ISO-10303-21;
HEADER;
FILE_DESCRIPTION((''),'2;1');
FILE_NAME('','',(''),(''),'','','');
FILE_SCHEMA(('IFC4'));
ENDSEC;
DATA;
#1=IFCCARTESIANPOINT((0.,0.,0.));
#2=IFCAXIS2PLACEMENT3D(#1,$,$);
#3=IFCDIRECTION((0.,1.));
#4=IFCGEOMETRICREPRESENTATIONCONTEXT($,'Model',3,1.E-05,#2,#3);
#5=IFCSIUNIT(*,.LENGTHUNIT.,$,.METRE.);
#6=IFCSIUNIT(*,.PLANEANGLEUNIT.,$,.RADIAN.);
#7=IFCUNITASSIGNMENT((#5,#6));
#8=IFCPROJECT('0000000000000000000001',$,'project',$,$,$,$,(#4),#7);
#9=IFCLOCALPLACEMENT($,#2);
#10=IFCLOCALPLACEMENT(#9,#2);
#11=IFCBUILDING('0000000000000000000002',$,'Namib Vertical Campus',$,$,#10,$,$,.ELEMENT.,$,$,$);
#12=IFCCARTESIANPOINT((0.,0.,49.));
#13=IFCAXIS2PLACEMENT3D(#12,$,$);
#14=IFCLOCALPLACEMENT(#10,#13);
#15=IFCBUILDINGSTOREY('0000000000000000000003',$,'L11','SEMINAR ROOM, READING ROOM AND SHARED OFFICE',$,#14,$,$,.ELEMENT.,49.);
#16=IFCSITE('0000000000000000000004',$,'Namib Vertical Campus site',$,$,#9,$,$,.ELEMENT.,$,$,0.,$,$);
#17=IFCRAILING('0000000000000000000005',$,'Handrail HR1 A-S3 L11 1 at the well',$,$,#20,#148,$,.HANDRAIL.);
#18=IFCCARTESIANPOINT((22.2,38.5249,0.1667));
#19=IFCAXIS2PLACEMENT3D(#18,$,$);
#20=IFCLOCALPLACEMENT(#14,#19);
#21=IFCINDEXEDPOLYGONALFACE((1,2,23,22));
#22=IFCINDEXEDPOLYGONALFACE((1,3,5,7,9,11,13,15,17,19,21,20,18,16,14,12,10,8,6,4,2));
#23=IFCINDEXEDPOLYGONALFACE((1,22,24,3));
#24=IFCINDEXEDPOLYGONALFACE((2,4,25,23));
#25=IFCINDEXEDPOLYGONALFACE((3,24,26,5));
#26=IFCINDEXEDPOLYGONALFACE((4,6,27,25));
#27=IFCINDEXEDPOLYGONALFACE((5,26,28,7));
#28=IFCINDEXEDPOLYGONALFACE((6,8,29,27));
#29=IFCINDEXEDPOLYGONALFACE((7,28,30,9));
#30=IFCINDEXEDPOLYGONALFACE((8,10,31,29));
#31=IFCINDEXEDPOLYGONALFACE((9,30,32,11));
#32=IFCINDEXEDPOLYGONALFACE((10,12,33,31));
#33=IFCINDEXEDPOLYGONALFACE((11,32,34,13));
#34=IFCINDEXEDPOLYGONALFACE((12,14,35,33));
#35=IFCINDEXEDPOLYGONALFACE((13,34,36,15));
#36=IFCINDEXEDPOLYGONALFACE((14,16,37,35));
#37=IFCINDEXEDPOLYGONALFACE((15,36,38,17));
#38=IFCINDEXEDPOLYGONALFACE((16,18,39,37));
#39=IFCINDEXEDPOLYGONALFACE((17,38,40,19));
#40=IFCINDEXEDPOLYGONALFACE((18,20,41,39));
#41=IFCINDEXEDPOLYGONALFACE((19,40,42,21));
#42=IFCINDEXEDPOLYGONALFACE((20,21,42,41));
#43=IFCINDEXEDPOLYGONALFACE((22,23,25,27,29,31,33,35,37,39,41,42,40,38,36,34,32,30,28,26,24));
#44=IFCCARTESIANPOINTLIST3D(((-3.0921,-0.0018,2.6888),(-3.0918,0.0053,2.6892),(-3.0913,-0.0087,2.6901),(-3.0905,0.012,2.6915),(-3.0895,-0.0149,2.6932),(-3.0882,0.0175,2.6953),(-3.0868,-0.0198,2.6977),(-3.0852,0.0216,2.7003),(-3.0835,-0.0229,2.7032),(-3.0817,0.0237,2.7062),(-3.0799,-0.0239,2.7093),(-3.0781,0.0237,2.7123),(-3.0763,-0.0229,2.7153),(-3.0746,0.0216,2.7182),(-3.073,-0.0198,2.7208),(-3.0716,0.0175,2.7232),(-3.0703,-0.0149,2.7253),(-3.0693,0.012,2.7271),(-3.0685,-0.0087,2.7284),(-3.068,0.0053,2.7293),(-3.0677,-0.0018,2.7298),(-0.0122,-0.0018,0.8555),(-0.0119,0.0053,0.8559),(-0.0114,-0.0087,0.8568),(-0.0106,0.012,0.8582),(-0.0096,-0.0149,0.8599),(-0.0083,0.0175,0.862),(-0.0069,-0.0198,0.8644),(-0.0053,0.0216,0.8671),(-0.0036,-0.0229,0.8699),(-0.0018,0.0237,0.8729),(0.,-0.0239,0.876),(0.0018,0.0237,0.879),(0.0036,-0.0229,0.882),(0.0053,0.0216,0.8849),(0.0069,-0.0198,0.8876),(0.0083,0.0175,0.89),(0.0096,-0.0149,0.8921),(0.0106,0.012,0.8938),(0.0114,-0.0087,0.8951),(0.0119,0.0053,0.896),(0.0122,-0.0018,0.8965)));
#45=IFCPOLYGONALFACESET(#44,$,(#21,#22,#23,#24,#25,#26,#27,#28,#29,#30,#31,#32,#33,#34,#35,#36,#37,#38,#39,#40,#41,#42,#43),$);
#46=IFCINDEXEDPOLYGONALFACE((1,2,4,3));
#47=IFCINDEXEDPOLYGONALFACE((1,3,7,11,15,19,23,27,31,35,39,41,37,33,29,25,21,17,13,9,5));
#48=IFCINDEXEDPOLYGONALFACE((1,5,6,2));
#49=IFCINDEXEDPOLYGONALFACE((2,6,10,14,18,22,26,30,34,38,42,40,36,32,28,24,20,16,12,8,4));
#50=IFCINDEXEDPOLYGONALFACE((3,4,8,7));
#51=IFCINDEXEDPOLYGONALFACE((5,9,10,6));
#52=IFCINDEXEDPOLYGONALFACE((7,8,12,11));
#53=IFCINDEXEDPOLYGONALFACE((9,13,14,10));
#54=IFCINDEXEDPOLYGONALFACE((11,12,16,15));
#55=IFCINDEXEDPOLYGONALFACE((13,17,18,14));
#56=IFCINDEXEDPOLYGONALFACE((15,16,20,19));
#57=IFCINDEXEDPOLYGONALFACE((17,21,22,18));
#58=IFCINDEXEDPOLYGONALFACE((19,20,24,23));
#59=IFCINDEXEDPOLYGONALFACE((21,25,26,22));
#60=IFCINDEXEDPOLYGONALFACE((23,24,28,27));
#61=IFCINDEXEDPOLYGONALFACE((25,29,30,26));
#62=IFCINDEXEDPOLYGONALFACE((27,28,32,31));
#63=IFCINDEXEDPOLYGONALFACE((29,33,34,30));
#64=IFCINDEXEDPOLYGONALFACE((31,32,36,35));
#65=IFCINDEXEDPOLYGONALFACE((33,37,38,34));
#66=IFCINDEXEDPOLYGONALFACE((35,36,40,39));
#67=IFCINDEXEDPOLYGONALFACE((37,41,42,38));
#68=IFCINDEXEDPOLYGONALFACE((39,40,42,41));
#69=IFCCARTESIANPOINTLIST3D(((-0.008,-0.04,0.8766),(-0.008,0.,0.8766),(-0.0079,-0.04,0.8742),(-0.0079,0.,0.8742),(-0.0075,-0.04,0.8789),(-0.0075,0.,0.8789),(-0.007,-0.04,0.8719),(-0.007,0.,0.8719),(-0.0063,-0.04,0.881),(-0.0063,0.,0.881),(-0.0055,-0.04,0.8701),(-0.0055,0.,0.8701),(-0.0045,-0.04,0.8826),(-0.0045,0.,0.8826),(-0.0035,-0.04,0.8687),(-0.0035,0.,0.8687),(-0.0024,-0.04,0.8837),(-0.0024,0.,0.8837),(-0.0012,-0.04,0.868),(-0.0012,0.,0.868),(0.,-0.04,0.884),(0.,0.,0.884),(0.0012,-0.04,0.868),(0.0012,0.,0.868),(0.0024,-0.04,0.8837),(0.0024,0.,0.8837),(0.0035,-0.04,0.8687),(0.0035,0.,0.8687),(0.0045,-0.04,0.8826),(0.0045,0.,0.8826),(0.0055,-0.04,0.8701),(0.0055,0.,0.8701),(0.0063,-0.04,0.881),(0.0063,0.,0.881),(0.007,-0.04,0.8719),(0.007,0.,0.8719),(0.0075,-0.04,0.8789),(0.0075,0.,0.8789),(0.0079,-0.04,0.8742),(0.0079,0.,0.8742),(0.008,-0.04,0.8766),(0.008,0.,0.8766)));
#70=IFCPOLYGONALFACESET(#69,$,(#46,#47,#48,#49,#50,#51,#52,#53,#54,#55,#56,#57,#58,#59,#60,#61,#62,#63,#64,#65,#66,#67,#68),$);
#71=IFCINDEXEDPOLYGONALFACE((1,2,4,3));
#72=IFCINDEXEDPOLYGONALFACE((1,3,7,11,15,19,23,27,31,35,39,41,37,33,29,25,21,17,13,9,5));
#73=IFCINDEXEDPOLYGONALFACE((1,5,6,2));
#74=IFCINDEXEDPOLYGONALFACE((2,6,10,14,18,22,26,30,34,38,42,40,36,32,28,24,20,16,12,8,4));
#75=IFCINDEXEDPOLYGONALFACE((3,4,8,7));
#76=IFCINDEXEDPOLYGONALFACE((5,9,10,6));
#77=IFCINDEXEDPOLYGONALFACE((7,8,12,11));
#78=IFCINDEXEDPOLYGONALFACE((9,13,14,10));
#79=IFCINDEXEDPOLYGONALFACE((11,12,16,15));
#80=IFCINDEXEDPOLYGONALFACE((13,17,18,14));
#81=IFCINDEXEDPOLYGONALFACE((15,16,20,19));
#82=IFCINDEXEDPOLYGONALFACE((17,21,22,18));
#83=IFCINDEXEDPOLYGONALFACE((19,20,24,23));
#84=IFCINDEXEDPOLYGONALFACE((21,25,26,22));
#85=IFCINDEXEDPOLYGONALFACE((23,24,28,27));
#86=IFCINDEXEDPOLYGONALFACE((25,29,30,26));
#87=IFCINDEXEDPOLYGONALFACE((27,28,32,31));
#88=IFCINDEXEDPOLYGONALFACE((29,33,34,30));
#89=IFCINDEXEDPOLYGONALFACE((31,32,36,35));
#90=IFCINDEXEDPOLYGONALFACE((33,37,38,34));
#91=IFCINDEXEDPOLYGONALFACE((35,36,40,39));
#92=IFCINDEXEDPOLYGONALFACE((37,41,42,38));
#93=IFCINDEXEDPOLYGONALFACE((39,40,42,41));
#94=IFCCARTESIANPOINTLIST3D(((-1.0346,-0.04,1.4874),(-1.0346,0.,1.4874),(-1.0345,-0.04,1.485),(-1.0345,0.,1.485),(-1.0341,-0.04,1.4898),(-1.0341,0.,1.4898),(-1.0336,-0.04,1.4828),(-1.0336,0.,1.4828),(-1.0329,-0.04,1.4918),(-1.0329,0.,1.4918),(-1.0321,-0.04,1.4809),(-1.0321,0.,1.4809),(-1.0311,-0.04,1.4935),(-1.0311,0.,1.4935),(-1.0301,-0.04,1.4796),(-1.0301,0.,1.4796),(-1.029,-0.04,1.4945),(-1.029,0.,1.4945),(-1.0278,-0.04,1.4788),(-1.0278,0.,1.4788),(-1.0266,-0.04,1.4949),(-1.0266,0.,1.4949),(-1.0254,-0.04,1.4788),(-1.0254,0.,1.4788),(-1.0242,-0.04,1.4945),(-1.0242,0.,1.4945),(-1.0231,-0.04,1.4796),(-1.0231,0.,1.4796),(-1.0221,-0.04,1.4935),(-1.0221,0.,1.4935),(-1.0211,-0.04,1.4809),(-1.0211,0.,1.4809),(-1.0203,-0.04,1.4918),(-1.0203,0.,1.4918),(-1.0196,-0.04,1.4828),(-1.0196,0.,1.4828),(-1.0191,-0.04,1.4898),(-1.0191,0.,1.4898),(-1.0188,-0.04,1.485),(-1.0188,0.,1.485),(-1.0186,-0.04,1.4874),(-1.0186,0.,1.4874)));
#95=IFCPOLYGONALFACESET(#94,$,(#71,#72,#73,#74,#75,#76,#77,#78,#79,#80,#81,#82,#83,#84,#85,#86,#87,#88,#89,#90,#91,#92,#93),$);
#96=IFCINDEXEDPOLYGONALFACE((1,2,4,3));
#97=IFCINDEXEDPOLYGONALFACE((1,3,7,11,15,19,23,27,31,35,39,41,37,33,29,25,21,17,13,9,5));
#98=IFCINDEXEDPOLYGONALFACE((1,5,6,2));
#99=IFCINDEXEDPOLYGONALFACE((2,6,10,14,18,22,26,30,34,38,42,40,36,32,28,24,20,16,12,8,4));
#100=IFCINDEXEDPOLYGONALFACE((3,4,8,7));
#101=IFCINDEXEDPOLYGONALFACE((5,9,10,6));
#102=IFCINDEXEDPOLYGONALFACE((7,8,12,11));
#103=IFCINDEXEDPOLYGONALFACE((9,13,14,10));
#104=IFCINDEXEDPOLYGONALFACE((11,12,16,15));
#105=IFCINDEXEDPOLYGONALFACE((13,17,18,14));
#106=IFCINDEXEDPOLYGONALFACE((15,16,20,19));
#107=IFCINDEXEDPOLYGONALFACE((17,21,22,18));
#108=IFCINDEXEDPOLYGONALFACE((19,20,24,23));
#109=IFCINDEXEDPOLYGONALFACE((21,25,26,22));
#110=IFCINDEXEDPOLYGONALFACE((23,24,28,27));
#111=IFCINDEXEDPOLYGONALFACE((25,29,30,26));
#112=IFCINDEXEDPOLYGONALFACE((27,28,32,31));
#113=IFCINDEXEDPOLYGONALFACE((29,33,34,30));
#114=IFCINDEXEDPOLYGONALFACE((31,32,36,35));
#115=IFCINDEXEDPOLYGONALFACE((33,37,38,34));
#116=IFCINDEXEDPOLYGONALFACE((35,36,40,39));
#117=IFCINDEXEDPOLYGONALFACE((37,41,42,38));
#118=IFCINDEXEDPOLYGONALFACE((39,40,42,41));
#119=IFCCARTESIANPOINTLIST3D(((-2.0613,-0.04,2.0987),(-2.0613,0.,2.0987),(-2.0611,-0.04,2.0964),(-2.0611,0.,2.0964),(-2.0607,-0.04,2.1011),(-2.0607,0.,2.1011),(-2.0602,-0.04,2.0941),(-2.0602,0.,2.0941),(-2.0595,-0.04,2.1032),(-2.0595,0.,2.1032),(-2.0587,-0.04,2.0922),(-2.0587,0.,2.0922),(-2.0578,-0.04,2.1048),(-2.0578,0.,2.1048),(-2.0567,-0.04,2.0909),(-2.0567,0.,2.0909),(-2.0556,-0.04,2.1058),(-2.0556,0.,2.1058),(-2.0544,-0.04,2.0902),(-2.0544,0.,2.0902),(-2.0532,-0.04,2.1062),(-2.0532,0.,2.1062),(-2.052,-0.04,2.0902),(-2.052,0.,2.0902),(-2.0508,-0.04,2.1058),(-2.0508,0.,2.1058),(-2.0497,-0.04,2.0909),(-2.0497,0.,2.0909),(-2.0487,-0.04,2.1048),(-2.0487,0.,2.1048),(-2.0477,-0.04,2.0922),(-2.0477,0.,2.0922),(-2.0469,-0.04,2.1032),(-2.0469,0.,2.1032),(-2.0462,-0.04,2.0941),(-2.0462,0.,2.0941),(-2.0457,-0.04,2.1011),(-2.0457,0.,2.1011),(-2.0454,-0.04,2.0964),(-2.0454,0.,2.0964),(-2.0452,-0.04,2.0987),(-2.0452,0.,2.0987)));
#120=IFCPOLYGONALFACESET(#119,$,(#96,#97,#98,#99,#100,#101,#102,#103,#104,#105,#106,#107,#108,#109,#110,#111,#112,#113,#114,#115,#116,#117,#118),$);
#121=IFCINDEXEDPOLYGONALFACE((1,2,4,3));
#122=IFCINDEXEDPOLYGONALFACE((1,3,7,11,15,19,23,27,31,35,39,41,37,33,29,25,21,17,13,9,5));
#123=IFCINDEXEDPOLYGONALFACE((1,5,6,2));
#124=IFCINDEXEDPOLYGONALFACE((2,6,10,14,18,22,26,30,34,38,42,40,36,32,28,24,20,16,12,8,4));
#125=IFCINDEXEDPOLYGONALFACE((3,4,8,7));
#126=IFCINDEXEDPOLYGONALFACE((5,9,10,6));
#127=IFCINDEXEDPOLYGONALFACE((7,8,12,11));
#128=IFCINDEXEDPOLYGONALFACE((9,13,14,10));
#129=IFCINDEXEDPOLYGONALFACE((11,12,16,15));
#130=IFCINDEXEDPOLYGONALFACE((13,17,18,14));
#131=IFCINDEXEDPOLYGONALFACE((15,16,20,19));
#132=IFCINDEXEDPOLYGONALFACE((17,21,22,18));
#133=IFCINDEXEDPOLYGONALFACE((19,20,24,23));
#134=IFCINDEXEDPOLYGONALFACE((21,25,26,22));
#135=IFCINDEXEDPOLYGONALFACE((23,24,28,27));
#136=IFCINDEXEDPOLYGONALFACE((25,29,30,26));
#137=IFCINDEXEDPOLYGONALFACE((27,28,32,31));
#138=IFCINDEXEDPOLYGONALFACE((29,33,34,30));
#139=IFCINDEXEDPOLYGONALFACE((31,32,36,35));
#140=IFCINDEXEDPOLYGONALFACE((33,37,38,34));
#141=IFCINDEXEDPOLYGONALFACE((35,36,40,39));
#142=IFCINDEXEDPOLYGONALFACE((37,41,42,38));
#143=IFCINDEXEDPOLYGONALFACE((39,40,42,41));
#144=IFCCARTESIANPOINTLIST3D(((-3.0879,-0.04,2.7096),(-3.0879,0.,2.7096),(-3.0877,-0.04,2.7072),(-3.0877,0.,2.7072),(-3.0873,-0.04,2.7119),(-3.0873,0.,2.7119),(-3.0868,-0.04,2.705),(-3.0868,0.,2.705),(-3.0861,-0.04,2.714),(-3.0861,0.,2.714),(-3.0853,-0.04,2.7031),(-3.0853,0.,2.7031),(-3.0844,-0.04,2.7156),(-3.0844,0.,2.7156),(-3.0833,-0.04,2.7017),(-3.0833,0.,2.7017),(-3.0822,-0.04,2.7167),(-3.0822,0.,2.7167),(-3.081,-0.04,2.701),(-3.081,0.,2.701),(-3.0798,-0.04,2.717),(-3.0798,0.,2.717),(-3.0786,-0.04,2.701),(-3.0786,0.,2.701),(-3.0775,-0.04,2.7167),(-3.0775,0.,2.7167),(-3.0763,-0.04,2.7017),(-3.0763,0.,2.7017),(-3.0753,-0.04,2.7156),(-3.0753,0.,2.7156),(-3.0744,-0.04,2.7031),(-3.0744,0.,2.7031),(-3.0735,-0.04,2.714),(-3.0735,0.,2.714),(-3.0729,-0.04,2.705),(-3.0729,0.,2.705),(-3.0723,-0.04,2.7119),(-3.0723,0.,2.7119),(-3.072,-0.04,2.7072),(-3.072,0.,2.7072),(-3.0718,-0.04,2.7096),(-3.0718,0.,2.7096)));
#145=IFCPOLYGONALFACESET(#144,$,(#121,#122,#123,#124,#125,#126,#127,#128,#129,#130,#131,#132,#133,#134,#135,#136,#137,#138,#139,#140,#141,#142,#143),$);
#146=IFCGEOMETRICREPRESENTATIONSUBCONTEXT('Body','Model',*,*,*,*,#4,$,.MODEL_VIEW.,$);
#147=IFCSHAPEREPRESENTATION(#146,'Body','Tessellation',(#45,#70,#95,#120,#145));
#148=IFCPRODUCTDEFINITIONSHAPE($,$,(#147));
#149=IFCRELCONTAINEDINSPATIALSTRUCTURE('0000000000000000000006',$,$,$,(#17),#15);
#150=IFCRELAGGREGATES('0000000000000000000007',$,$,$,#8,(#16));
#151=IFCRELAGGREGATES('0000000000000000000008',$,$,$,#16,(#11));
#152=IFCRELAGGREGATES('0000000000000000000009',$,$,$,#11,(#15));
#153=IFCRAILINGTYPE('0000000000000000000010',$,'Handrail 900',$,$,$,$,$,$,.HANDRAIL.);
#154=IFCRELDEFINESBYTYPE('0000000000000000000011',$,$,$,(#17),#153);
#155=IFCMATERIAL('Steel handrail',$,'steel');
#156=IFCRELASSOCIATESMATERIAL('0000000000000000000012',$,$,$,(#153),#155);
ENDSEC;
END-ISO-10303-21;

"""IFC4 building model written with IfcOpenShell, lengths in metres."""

from ifc_helpers import new_model, si_unit, direction, frame, origin, origin_2d, place, context, subcontext, project, spatial, circle, extrude, material, type_object, element, save


model = new_model("IFC4")

# Units and contexts
model_context = context("Model", 3, precision=1e-05, world=origin(), true_north=direction((0.0, 1.0)))
body_context = subcontext(model_context, "Body", "Model", "MODEL_VIEW")
ifc_project = project(units=[si_unit("LENGTHUNIT", "METRE"), si_unit("PLANEANGLEUNIT", "RADIAN")], contexts=[model_context])

# Site, building, storey
site_placement = place(None, origin())
site = spatial("IfcSite", under=ifc_project, at=site_placement, Name="Namib Vertical Campus site", CompositionType="ELEMENT", RefElevation=0.0)
building_placement = place(site_placement, origin())
building = spatial("IfcBuilding", under=site, at=building_placement, Name="Namib Vertical Campus", CompositionType="ELEMENT")
storey_placement = place(building_placement, frame((0.0, 0.0, 49.0)))
storey = spatial("IfcBuildingStorey", under=building, at=storey_placement, Name="L11", Description="SEMINAR ROOM, READING ROOM AND SHARED OFFICE", CompositionType="ELEMENT", Elevation=49.0)

# Railing
ifc_material_1 = material(Name="Steel handrail", Category="steel")
railing_type_1 = type_object("IfcRailingType", Name="Handrail 900", PredefinedType="HANDRAIL", material=ifc_material_1)
railing_1_placement = place(storey_placement, frame((22.2, 38.5249, 0.1667)))
element("IfcRailing", 1, at=railing_1_placement, inside=storey, type_object=railing_type_1, Name="Handrail HR1 A-S3 L11 1 at the well", PredefinedType="HANDRAIL", context=body_context, shape_type="SweptSolid", body=[
    extrude(circle(Radius=0.0239, at=origin_2d()), frame((0.0, 0.0, 0.876), z_axis=(-0.859291, 0.0, 0.511487), x_axis=(0.0, -1.0, 0.0)), (0.0, 0.0, 1.0), 3.5842),
    extrude(circle(Radius=0.0081, at=origin_2d()), frame((0.0, 0.0, 0.876), z_axis=(0.0, -1.0, 0.0), x_axis=(0.0, 0.0, 1.0)), (0.0, 0.0, 1.0), 0.04),
    extrude(circle(Radius=0.0081, at=origin_2d()), frame((-1.0266, 0.0, 1.4868), z_axis=(0.0, -1.0, 0.0), x_axis=(0.0, 0.0, 1.0)), (0.0, 0.0, 1.0), 0.04),
    extrude(circle(Radius=0.0081, at=origin_2d()), frame((-2.0532, 0.0, 2.0981), z_axis=(0.0, -1.0, 0.0), x_axis=(0.0, 0.0, 1.0)), (0.0, 0.0, 1.0), 0.04),
    extrude(circle(Radius=0.0081, at=origin_2d()), frame((-3.0798, 0.0, 2.709), z_axis=(0.0, -1.0, 0.0), x_axis=(0.0, 0.0, 1.0)), (0.0, 0.0, 1.0), 0.04),
])

save(model, "model.ifc")
